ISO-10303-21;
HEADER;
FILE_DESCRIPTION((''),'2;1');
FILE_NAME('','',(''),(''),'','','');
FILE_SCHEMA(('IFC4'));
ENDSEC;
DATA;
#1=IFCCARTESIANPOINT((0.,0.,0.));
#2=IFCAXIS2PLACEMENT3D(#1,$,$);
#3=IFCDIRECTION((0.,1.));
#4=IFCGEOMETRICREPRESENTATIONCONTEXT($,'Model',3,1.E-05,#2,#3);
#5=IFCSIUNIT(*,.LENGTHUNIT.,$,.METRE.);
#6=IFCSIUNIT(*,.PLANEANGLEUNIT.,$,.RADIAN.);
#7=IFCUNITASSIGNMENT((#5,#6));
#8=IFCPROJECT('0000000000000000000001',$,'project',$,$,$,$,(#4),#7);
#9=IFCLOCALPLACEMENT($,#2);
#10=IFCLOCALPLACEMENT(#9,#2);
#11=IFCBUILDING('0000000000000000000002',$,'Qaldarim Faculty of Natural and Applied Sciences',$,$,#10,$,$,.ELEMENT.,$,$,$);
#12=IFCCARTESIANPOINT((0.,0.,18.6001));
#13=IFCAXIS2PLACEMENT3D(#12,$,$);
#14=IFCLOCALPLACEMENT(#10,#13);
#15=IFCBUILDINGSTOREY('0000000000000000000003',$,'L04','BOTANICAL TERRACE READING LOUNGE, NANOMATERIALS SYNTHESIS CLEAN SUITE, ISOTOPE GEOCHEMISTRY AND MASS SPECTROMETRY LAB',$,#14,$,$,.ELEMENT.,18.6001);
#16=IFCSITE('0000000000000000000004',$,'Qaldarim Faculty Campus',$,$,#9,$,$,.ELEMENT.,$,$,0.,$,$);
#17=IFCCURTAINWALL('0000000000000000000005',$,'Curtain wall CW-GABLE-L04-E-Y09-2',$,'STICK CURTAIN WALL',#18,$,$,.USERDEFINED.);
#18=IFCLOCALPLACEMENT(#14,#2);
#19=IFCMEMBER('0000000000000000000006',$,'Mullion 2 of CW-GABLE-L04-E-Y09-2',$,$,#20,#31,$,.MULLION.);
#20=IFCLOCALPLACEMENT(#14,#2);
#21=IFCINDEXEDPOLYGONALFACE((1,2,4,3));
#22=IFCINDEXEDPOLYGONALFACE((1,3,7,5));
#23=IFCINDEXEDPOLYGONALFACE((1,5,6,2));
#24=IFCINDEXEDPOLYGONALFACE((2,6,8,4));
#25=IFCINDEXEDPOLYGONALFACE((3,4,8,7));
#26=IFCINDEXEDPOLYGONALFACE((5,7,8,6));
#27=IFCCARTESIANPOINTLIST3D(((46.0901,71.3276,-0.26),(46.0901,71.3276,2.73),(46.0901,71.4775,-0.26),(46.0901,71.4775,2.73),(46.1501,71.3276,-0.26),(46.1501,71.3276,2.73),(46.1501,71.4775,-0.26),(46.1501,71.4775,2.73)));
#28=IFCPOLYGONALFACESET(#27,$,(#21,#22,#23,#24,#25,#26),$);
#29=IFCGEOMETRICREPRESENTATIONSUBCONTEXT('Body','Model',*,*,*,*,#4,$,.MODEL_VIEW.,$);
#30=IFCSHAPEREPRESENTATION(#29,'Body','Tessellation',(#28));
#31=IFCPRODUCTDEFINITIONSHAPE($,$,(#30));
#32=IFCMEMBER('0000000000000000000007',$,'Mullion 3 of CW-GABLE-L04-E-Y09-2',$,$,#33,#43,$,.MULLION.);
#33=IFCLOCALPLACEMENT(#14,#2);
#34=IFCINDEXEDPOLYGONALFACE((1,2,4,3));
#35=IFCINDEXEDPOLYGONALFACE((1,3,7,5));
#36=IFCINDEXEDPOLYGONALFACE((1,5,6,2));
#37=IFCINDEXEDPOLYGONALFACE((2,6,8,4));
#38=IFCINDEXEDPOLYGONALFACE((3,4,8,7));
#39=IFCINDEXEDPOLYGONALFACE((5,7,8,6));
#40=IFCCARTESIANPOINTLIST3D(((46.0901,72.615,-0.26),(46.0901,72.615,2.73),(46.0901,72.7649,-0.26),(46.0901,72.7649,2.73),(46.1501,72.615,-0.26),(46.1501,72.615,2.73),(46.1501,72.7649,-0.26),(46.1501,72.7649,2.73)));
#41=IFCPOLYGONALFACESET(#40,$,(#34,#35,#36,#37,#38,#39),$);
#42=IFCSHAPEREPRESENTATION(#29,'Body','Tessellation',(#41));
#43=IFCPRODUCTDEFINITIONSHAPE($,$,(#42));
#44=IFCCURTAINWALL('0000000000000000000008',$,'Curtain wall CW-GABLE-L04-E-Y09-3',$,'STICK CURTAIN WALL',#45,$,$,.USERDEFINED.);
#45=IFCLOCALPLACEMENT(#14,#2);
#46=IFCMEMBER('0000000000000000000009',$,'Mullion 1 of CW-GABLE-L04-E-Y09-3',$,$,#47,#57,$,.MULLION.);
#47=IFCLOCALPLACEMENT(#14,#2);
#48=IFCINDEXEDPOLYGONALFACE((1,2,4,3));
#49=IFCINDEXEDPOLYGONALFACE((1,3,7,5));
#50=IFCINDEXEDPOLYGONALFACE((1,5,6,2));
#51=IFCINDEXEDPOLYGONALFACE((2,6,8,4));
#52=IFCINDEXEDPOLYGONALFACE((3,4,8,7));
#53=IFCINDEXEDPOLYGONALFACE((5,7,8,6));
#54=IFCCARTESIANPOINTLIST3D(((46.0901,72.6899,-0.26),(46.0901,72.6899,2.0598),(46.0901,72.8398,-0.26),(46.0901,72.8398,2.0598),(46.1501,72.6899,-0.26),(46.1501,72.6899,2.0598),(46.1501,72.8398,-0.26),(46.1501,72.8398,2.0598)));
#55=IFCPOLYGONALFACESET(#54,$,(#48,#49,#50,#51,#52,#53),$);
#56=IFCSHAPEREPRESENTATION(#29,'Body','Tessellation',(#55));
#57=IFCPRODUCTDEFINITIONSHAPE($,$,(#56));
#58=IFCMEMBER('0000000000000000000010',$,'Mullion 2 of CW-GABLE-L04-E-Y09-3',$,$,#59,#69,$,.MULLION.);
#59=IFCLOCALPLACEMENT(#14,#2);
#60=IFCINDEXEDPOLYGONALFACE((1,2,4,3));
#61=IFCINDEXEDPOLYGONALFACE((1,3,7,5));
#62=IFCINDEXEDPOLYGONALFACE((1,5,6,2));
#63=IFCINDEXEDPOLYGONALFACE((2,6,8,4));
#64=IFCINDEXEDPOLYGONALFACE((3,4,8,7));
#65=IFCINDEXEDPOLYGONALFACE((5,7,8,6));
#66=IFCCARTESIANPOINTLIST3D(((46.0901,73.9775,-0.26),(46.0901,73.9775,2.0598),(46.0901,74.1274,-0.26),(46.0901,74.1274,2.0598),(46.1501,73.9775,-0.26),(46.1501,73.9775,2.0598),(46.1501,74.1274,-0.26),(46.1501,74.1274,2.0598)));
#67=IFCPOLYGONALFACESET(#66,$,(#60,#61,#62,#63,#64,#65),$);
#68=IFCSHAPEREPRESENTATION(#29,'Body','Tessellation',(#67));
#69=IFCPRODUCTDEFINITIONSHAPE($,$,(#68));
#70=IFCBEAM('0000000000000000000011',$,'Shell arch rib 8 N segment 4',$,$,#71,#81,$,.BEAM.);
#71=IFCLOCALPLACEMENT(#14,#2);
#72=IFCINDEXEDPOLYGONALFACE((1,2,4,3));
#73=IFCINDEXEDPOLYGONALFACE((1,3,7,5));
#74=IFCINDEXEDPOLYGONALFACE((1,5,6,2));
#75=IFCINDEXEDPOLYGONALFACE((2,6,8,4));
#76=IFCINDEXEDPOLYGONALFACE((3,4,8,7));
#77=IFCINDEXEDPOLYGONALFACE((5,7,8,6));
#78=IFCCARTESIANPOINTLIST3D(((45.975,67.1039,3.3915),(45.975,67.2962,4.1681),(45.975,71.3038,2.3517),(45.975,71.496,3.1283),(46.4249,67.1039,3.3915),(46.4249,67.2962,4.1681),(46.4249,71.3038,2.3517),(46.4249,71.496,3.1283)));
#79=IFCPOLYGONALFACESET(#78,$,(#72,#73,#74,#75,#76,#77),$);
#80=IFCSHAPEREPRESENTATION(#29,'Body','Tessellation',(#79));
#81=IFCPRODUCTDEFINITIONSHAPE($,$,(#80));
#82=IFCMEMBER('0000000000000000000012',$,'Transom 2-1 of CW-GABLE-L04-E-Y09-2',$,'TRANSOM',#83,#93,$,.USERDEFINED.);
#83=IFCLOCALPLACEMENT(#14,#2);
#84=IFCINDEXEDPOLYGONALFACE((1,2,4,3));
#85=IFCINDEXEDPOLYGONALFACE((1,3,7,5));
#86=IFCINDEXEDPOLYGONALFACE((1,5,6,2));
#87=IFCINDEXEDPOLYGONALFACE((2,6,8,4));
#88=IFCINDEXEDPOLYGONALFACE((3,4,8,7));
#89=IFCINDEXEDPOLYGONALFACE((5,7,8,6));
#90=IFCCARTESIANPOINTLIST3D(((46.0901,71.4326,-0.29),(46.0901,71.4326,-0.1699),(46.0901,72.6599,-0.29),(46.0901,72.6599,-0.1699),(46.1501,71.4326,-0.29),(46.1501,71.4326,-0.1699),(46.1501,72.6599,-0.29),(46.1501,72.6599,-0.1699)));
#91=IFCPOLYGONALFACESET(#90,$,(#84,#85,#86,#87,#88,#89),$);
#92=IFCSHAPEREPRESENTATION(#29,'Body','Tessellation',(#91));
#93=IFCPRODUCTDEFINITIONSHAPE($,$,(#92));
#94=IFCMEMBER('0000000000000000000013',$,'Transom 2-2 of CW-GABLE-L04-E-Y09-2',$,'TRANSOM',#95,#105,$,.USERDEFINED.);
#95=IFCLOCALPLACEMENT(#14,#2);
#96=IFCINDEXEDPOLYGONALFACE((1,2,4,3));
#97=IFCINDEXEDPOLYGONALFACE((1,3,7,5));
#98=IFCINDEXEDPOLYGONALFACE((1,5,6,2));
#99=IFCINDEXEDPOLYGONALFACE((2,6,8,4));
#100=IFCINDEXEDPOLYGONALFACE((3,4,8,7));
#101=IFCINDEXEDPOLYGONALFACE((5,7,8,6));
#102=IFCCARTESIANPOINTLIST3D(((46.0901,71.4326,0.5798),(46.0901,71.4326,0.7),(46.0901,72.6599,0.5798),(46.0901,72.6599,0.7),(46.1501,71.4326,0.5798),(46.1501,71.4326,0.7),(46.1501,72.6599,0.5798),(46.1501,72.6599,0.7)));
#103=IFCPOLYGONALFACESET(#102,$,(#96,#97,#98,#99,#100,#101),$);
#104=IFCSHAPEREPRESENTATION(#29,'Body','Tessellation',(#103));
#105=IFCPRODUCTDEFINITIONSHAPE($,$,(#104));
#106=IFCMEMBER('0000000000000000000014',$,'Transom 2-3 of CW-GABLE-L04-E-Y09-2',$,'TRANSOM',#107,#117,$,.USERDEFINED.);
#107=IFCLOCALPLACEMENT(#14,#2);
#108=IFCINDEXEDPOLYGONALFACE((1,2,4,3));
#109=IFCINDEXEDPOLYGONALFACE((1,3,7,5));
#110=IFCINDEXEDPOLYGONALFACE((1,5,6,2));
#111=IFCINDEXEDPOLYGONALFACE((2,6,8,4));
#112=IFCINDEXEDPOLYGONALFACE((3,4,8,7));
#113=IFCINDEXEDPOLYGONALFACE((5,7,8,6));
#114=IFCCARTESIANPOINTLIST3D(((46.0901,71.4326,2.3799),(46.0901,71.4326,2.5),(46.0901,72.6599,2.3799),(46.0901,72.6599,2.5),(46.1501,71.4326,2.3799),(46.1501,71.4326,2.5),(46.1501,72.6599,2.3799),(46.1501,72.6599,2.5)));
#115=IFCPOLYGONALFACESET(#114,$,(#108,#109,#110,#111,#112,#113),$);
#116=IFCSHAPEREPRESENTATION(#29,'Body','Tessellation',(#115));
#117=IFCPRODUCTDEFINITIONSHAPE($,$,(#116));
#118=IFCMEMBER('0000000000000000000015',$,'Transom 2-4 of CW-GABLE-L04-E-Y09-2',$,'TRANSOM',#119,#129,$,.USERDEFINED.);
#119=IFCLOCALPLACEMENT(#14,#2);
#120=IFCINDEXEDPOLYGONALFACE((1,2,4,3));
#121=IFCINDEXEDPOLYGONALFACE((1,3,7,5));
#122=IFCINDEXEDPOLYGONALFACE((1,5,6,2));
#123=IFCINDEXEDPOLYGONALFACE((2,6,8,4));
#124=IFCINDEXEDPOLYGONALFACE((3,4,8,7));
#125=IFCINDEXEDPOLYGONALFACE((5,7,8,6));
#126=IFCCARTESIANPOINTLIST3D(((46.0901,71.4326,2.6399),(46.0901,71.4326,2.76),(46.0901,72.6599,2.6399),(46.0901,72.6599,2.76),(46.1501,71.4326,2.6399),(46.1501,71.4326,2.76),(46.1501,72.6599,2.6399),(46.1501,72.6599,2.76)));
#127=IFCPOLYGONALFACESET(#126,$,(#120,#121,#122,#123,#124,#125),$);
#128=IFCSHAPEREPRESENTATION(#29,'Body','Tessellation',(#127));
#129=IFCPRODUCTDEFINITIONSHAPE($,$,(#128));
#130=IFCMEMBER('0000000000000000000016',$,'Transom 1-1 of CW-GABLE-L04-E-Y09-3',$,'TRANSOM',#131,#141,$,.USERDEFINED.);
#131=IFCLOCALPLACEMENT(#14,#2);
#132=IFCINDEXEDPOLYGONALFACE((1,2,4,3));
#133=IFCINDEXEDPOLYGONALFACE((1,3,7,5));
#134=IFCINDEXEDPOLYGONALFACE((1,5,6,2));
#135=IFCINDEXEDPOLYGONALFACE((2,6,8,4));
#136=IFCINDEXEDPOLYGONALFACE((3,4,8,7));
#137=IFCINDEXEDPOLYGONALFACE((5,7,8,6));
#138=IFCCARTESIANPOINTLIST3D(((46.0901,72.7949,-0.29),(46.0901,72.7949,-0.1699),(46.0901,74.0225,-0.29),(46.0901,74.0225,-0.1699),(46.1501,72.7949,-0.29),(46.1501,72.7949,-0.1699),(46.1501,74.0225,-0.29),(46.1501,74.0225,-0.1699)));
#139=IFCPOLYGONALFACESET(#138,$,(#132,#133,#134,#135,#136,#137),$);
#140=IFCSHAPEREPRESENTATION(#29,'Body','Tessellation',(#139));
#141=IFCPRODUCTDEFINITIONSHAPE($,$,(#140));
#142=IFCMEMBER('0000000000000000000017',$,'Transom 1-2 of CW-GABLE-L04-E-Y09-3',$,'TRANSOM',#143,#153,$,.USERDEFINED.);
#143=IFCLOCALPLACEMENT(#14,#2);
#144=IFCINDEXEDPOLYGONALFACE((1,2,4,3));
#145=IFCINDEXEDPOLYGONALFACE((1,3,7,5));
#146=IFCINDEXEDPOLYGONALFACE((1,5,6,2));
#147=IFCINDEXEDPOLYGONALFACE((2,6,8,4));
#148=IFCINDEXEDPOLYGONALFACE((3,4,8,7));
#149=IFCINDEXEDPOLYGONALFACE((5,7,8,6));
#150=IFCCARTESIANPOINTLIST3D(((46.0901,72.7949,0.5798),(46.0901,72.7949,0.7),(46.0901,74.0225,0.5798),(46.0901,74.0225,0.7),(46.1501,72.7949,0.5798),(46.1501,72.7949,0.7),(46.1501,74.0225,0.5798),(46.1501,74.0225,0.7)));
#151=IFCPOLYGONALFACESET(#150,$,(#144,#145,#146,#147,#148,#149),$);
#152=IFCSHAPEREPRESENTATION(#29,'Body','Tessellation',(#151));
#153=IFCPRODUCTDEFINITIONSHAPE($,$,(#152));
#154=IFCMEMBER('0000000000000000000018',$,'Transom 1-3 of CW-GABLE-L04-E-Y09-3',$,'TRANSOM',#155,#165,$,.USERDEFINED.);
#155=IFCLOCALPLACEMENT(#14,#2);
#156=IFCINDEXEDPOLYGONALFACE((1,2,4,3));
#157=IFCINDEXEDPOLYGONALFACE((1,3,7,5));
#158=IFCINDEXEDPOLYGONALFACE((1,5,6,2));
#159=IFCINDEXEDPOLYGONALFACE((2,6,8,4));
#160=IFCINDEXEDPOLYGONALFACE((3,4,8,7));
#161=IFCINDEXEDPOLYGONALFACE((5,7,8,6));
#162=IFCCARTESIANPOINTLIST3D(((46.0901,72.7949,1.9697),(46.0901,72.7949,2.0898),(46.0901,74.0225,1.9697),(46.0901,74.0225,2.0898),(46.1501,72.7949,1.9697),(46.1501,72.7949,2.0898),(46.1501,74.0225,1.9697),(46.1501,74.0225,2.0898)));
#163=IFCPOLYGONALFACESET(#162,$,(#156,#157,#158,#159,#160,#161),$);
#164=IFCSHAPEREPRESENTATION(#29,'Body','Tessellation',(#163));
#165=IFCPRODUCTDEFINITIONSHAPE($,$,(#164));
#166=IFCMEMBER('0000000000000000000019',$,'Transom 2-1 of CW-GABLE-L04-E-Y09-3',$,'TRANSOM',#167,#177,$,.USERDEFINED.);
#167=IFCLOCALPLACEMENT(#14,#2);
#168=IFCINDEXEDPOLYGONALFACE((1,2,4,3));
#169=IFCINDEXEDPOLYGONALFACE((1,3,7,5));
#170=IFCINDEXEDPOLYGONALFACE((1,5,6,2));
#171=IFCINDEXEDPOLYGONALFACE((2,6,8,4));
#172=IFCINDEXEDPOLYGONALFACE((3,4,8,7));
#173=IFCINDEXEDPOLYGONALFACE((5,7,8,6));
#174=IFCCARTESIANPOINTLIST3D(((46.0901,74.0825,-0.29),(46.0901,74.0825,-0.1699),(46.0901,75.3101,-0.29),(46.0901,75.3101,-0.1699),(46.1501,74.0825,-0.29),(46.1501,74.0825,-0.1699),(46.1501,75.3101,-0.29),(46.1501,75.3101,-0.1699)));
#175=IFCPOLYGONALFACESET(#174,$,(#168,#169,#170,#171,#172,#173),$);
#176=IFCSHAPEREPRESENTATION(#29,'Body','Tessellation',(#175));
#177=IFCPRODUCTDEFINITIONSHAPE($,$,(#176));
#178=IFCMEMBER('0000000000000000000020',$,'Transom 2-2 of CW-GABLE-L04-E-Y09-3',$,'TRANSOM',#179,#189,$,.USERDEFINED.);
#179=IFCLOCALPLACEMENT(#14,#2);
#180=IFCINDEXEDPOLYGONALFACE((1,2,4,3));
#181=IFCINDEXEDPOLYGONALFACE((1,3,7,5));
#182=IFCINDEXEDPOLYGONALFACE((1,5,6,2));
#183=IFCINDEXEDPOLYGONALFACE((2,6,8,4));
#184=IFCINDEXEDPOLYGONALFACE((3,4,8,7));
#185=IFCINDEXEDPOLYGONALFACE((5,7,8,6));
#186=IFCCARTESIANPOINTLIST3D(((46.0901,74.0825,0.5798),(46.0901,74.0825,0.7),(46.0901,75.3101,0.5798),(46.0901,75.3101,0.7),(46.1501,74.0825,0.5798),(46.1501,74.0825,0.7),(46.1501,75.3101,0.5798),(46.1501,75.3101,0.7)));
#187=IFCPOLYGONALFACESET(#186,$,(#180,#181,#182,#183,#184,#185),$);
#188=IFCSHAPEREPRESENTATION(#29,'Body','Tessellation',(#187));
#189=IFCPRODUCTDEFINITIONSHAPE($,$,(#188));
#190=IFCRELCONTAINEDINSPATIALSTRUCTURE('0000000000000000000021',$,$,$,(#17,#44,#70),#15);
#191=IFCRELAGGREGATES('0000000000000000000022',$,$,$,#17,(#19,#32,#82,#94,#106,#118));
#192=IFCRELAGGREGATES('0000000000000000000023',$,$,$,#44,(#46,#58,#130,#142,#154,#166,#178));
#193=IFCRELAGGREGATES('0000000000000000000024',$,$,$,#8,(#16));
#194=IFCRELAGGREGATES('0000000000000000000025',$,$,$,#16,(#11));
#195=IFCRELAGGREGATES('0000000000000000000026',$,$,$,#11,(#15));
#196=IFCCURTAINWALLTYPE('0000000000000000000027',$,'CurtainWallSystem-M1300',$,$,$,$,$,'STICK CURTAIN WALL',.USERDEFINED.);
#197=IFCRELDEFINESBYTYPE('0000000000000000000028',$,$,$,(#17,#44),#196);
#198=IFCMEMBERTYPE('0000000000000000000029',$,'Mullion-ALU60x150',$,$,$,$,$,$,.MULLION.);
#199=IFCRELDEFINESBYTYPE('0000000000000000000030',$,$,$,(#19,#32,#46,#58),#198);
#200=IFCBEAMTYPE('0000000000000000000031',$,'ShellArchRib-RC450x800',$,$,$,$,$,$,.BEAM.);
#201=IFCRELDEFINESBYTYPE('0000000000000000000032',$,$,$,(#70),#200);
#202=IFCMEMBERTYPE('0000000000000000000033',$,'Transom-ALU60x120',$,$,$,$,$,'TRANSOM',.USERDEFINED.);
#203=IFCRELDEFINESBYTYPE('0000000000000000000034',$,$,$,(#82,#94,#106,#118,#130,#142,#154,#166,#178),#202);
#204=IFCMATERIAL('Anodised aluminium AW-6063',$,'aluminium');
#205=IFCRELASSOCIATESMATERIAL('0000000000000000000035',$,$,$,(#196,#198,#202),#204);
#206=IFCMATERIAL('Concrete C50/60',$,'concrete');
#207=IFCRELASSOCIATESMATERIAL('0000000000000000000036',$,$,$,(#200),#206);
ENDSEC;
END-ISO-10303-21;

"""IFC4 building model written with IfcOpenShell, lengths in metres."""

from ifc_helpers import new_model, si_unit, direction, frame, origin, origin_2d, place, context, subcontext, project, spatial, rectangle, extrude, material, material_profile, profile_set, type_object, element, aggregate, save


model = new_model("IFC4")

# Units and contexts
model_context = context("Model", 3, precision=1e-05, world=origin(), true_north=direction((0.0, 1.0)))
body_context = subcontext(model_context, "Body", "Model", "MODEL_VIEW")
ifc_project = project(units=[si_unit("LENGTHUNIT", "METRE"), si_unit("PLANEANGLEUNIT", "RADIAN")], contexts=[model_context])

# Site, building, storey
site_placement = place(None, origin())
site = spatial("IfcSite", under=ifc_project, at=site_placement, Name="Qaldarim Faculty Campus", CompositionType="ELEMENT", RefElevation=0.0)
building_placement = place(site_placement, origin())
building = spatial("IfcBuilding", under=site, at=building_placement, Name="Qaldarim Faculty of Natural and Applied Sciences", CompositionType="ELEMENT")
storey_placement = place(building_placement, frame((0.0, 0.0, 18.6001)))
storey = spatial("IfcBuildingStorey", under=building, at=storey_placement, Name="L04", Description="BOTANICAL TERRACE READING LOUNGE, NANOMATERIALS SYNTHESIS CLEAN SUITE, ISOTOPE GEOCHEMISTRY AND MASS SPECTROMETRY LAB", CompositionType="ELEMENT", Elevation=18.6001)

# Curtain walls, members
ifc_material_1 = material(Name="Anodised aluminium AW-6063", Category="aluminium")
curtain_wall_type = type_object("IfcCurtainWallType", Name="CurtainWallSystem-M1300", ElementType="STICK CURTAIN WALL", PredefinedType="USERDEFINED", material=ifc_material_1)
curtain_wall_1_placement = place(storey_placement, origin())
curtain_wall_1 = element("IfcCurtainWall", 1, at=curtain_wall_1_placement, inside=storey, type_object=curtain_wall_type, Name="Curtain wall CW-GABLE-L04-E-Y09-2", ObjectType="STICK CURTAIN WALL", PredefinedType="USERDEFINED")
ifc_material_profile_1 = material_profile(ifc_material_1, rectangle(XDim=0.0601, YDim=0.1499, at=origin_2d()), Name="ALU-M60x150")
ifc_profile_set_1 = profile_set([ifc_material_profile_1], Name="Anodised aluminium AW-6063")
member_type_1 = type_object("IfcMemberType", Name="Mullion-ALU60x150", PredefinedType="MULLION", material=ifc_profile_set_1)
member_1_placement = place(storey_placement, frame((46.1201, 71.4026, -0.26), z_axis=(0.0, 0.0, 1.0), x_axis=(-1.0, 0.0, 0.0)))
member_1 = element("IfcMember", 2, at=member_1_placement, type_object=member_type_1, Name="Mullion 2 of CW-GABLE-L04-E-Y09-2", PredefinedType="MULLION", context=body_context, shape_type="SweptSolid", body=[
    extrude(rectangle(XDim=0.0601, YDim=0.1499, at=origin_2d()), origin(), (0.0, 0.0, 1.0), 2.99),
])
member_2_placement = place(storey_placement, frame((46.1201, 72.6899, -0.26), z_axis=(0.0, 0.0, 1.0), x_axis=(-1.0, 0.0, 0.0)))
member_2 = element("IfcMember", 3, at=member_2_placement, type_object=member_type_1, Name="Mullion 3 of CW-GABLE-L04-E-Y09-2", PredefinedType="MULLION", context=body_context, shape_type="SweptSolid", body=[
    extrude(rectangle(XDim=0.0601, YDim=0.1499, at=origin_2d()), origin(), (0.0, 0.0, 1.0), 2.99),
])
curtain_wall_2_placement = place(storey_placement, origin())
curtain_wall_2 = element("IfcCurtainWall", 4, at=curtain_wall_2_placement, inside=storey, type_object=curtain_wall_type, Name="Curtain wall CW-GABLE-L04-E-Y09-3", ObjectType="STICK CURTAIN WALL", PredefinedType="USERDEFINED")
member_3_placement = place(storey_placement, frame((46.1201, 72.7649, -0.26), z_axis=(0.0, 0.0, 1.0), x_axis=(-1.0, 0.0, 0.0)))
member_3 = element("IfcMember", 5, at=member_3_placement, type_object=member_type_1, Name="Mullion 1 of CW-GABLE-L04-E-Y09-3", PredefinedType="MULLION", context=body_context, shape_type="SweptSolid", body=[
    extrude(rectangle(XDim=0.0601, YDim=0.1499, at=origin_2d()), origin(), (0.0, 0.0, 1.0), 2.3198),
])
member_4_placement = place(storey_placement, frame((46.1201, 74.0525, -0.26), z_axis=(0.0, 0.0, 1.0), x_axis=(-1.0, 0.0, 0.0)))
member_4 = element("IfcMember", 6, at=member_4_placement, type_object=member_type_1, Name="Mullion 2 of CW-GABLE-L04-E-Y09-3", PredefinedType="MULLION", context=body_context, shape_type="SweptSolid", body=[
    extrude(rectangle(XDim=0.0601, YDim=0.1499, at=origin_2d()), origin(), (0.0, 0.0, 1.0), 2.3198),
])

# Beam
ifc_material_2 = material(Name="Concrete C50/60", Category="concrete")
ifc_material_profile_2 = material_profile(ifc_material_2, rectangle(XDim=0.45, YDim=0.8, at=origin_2d()), Name="RC-RIB450x800")
ifc_profile_set_2 = profile_set([ifc_material_profile_2], Name="Concrete C50/60")
beam_type = type_object("IfcBeamType", Name="ShellArchRib-RC450x800", PredefinedType="BEAM", material=ifc_profile_set_2)
beam_placement = place(storey_placement, frame((46.2, 71.3999, 2.74), z_axis=(0.0, -0.970694, 0.240318), x_axis=(1.0, 0.0, 0.0)))
element("IfcBeam", 7, at=beam_placement, inside=storey, type_object=beam_type, Name="Shell arch rib 8 N segment 4", PredefinedType="BEAM", context=body_context, shape_type="SweptSolid", body=[
    extrude(rectangle(XDim=0.45, YDim=0.8, at=origin_2d()), origin(), (0.0, 0.0, 1.0), 4.3267),
])

# Members
ifc_material_profile_3 = material_profile(ifc_material_1, rectangle(XDim=0.0601, YDim=0.1201, at=origin_2d()), Name="ALU-T60x120")
ifc_profile_set_3 = profile_set([ifc_material_profile_3], Name="Anodised aluminium AW-6063")
member_type_2 = type_object("IfcMemberType", Name="Transom-ALU60x120", ElementType="TRANSOM", PredefinedType="USERDEFINED", material=ifc_profile_set_3)
member_5_placement = place(storey_placement, frame((46.1201, 71.4326, -0.23), z_axis=(0.0, 1.0, 0.0), x_axis=(-1.0, 0.0, 0.0)))
member_5 = element("IfcMember", 8, at=member_5_placement, type_object=member_type_2, Name="Transom 2-1 of CW-GABLE-L04-E-Y09-2", ObjectType="TRANSOM", PredefinedType="USERDEFINED", context=body_context, shape_type="SweptSolid", body=[
    extrude(rectangle(XDim=0.0601, YDim=0.1201, at=origin_2d()), origin(), (0.0, 0.0, 1.0), 1.2273),
])
member_6_placement = place(storey_placement, frame((46.1201, 71.4326, 0.6399), z_axis=(0.0, 1.0, 0.0), x_axis=(-1.0, 0.0, 0.0)))
member_6 = element("IfcMember", 9, at=member_6_placement, type_object=member_type_2, Name="Transom 2-2 of CW-GABLE-L04-E-Y09-2", ObjectType="TRANSOM", PredefinedType="USERDEFINED", context=body_context, shape_type="SweptSolid", body=[
    extrude(rectangle(XDim=0.0601, YDim=0.1201, at=origin_2d()), origin(), (0.0, 0.0, 1.0), 1.2273),
])
member_7_placement = place(storey_placement, frame((46.1201, 71.4326, 2.4399), z_axis=(0.0, 1.0, 0.0), x_axis=(-1.0, 0.0, 0.0)))
member_7 = element("IfcMember", 10, at=member_7_placement, type_object=member_type_2, Name="Transom 2-3 of CW-GABLE-L04-E-Y09-2", ObjectType="TRANSOM", PredefinedType="USERDEFINED", context=body_context, shape_type="SweptSolid", body=[
    extrude(rectangle(XDim=0.0601, YDim=0.1201, at=origin_2d()), origin(), (0.0, 0.0, 1.0), 1.2273),
])
member_8_placement = place(storey_placement, frame((46.1201, 71.4326, 2.7), z_axis=(0.0, 1.0, 0.0), x_axis=(-1.0, 0.0, 0.0)))
member_8 = element("IfcMember", 11, at=member_8_placement, type_object=member_type_2, Name="Transom 2-4 of CW-GABLE-L04-E-Y09-2", ObjectType="TRANSOM", PredefinedType="USERDEFINED", context=body_context, shape_type="SweptSolid", body=[
    extrude(rectangle(XDim=0.0601, YDim=0.1201, at=origin_2d()), origin(), (0.0, 0.0, 1.0), 1.2273),
])
member_9_placement = place(storey_placement, frame((46.1201, 72.7949, -0.23), z_axis=(0.0, 1.0, 0.0), x_axis=(-1.0, 0.0, 0.0)))
member_9 = element("IfcMember", 12, at=member_9_placement, type_object=member_type_2, Name="Transom 1-1 of CW-GABLE-L04-E-Y09-3", ObjectType="TRANSOM", PredefinedType="USERDEFINED", context=body_context, shape_type="SweptSolid", body=[
    extrude(rectangle(XDim=0.0601, YDim=0.1201, at=origin_2d()), origin(), (0.0, 0.0, 1.0), 1.2275),
])
member_10_placement = place(storey_placement, frame((46.1201, 72.7949, 0.6399), z_axis=(0.0, 1.0, 0.0), x_axis=(-1.0, 0.0, 0.0)))
member_10 = element("IfcMember", 13, at=member_10_placement, type_object=member_type_2, Name="Transom 1-2 of CW-GABLE-L04-E-Y09-3", ObjectType="TRANSOM", PredefinedType="USERDEFINED", context=body_context, shape_type="SweptSolid", body=[
    extrude(rectangle(XDim=0.0601, YDim=0.1201, at=origin_2d()), origin(), (0.0, 0.0, 1.0), 1.2275),
])
member_11_placement = place(storey_placement, frame((46.1201, 72.7949, 2.0298), z_axis=(0.0, 1.0, 0.0), x_axis=(-1.0, 0.0, 0.0)))
member_11 = element("IfcMember", 14, at=member_11_placement, type_object=member_type_2, Name="Transom 1-3 of CW-GABLE-L04-E-Y09-3", ObjectType="TRANSOM", PredefinedType="USERDEFINED", context=body_context, shape_type="SweptSolid", body=[
    extrude(rectangle(XDim=0.0601, YDim=0.1201, at=origin_2d()), origin(), (0.0, 0.0, 1.0), 1.2275),
])
member_12_placement = place(storey_placement, frame((46.1201, 74.0825, -0.23), z_axis=(0.0, 1.0, 0.0), x_axis=(-1.0, 0.0, 0.0)))
member_12 = element("IfcMember", 15, at=member_12_placement, type_object=member_type_2, Name="Transom 2-1 of CW-GABLE-L04-E-Y09-3", ObjectType="TRANSOM", PredefinedType="USERDEFINED", context=body_context, shape_type="SweptSolid", body=[
    extrude(rectangle(XDim=0.0601, YDim=0.1201, at=origin_2d()), origin(), (0.0, 0.0, 1.0), 1.2275),
])
member_13_placement = place(storey_placement, frame((46.1201, 74.0825, 0.6399), z_axis=(0.0, 1.0, 0.0), x_axis=(-1.0, 0.0, 0.0)))
member_13 = element("IfcMember", 16, at=member_13_placement, type_object=member_type_2, Name="Transom 2-2 of CW-GABLE-L04-E-Y09-3", ObjectType="TRANSOM", PredefinedType="USERDEFINED", context=body_context, shape_type="SweptSolid", body=[
    extrude(rectangle(XDim=0.0601, YDim=0.1201, at=origin_2d()), origin(), (0.0, 0.0, 1.0), 1.2275),
])

aggregate(curtain_wall_1, [member_1, member_2, member_5, member_6, member_7, member_8])
aggregate(curtain_wall_2, [member_3, member_4, member_9, member_10, member_11, member_12, member_13])

save(model, "model.ifc")
